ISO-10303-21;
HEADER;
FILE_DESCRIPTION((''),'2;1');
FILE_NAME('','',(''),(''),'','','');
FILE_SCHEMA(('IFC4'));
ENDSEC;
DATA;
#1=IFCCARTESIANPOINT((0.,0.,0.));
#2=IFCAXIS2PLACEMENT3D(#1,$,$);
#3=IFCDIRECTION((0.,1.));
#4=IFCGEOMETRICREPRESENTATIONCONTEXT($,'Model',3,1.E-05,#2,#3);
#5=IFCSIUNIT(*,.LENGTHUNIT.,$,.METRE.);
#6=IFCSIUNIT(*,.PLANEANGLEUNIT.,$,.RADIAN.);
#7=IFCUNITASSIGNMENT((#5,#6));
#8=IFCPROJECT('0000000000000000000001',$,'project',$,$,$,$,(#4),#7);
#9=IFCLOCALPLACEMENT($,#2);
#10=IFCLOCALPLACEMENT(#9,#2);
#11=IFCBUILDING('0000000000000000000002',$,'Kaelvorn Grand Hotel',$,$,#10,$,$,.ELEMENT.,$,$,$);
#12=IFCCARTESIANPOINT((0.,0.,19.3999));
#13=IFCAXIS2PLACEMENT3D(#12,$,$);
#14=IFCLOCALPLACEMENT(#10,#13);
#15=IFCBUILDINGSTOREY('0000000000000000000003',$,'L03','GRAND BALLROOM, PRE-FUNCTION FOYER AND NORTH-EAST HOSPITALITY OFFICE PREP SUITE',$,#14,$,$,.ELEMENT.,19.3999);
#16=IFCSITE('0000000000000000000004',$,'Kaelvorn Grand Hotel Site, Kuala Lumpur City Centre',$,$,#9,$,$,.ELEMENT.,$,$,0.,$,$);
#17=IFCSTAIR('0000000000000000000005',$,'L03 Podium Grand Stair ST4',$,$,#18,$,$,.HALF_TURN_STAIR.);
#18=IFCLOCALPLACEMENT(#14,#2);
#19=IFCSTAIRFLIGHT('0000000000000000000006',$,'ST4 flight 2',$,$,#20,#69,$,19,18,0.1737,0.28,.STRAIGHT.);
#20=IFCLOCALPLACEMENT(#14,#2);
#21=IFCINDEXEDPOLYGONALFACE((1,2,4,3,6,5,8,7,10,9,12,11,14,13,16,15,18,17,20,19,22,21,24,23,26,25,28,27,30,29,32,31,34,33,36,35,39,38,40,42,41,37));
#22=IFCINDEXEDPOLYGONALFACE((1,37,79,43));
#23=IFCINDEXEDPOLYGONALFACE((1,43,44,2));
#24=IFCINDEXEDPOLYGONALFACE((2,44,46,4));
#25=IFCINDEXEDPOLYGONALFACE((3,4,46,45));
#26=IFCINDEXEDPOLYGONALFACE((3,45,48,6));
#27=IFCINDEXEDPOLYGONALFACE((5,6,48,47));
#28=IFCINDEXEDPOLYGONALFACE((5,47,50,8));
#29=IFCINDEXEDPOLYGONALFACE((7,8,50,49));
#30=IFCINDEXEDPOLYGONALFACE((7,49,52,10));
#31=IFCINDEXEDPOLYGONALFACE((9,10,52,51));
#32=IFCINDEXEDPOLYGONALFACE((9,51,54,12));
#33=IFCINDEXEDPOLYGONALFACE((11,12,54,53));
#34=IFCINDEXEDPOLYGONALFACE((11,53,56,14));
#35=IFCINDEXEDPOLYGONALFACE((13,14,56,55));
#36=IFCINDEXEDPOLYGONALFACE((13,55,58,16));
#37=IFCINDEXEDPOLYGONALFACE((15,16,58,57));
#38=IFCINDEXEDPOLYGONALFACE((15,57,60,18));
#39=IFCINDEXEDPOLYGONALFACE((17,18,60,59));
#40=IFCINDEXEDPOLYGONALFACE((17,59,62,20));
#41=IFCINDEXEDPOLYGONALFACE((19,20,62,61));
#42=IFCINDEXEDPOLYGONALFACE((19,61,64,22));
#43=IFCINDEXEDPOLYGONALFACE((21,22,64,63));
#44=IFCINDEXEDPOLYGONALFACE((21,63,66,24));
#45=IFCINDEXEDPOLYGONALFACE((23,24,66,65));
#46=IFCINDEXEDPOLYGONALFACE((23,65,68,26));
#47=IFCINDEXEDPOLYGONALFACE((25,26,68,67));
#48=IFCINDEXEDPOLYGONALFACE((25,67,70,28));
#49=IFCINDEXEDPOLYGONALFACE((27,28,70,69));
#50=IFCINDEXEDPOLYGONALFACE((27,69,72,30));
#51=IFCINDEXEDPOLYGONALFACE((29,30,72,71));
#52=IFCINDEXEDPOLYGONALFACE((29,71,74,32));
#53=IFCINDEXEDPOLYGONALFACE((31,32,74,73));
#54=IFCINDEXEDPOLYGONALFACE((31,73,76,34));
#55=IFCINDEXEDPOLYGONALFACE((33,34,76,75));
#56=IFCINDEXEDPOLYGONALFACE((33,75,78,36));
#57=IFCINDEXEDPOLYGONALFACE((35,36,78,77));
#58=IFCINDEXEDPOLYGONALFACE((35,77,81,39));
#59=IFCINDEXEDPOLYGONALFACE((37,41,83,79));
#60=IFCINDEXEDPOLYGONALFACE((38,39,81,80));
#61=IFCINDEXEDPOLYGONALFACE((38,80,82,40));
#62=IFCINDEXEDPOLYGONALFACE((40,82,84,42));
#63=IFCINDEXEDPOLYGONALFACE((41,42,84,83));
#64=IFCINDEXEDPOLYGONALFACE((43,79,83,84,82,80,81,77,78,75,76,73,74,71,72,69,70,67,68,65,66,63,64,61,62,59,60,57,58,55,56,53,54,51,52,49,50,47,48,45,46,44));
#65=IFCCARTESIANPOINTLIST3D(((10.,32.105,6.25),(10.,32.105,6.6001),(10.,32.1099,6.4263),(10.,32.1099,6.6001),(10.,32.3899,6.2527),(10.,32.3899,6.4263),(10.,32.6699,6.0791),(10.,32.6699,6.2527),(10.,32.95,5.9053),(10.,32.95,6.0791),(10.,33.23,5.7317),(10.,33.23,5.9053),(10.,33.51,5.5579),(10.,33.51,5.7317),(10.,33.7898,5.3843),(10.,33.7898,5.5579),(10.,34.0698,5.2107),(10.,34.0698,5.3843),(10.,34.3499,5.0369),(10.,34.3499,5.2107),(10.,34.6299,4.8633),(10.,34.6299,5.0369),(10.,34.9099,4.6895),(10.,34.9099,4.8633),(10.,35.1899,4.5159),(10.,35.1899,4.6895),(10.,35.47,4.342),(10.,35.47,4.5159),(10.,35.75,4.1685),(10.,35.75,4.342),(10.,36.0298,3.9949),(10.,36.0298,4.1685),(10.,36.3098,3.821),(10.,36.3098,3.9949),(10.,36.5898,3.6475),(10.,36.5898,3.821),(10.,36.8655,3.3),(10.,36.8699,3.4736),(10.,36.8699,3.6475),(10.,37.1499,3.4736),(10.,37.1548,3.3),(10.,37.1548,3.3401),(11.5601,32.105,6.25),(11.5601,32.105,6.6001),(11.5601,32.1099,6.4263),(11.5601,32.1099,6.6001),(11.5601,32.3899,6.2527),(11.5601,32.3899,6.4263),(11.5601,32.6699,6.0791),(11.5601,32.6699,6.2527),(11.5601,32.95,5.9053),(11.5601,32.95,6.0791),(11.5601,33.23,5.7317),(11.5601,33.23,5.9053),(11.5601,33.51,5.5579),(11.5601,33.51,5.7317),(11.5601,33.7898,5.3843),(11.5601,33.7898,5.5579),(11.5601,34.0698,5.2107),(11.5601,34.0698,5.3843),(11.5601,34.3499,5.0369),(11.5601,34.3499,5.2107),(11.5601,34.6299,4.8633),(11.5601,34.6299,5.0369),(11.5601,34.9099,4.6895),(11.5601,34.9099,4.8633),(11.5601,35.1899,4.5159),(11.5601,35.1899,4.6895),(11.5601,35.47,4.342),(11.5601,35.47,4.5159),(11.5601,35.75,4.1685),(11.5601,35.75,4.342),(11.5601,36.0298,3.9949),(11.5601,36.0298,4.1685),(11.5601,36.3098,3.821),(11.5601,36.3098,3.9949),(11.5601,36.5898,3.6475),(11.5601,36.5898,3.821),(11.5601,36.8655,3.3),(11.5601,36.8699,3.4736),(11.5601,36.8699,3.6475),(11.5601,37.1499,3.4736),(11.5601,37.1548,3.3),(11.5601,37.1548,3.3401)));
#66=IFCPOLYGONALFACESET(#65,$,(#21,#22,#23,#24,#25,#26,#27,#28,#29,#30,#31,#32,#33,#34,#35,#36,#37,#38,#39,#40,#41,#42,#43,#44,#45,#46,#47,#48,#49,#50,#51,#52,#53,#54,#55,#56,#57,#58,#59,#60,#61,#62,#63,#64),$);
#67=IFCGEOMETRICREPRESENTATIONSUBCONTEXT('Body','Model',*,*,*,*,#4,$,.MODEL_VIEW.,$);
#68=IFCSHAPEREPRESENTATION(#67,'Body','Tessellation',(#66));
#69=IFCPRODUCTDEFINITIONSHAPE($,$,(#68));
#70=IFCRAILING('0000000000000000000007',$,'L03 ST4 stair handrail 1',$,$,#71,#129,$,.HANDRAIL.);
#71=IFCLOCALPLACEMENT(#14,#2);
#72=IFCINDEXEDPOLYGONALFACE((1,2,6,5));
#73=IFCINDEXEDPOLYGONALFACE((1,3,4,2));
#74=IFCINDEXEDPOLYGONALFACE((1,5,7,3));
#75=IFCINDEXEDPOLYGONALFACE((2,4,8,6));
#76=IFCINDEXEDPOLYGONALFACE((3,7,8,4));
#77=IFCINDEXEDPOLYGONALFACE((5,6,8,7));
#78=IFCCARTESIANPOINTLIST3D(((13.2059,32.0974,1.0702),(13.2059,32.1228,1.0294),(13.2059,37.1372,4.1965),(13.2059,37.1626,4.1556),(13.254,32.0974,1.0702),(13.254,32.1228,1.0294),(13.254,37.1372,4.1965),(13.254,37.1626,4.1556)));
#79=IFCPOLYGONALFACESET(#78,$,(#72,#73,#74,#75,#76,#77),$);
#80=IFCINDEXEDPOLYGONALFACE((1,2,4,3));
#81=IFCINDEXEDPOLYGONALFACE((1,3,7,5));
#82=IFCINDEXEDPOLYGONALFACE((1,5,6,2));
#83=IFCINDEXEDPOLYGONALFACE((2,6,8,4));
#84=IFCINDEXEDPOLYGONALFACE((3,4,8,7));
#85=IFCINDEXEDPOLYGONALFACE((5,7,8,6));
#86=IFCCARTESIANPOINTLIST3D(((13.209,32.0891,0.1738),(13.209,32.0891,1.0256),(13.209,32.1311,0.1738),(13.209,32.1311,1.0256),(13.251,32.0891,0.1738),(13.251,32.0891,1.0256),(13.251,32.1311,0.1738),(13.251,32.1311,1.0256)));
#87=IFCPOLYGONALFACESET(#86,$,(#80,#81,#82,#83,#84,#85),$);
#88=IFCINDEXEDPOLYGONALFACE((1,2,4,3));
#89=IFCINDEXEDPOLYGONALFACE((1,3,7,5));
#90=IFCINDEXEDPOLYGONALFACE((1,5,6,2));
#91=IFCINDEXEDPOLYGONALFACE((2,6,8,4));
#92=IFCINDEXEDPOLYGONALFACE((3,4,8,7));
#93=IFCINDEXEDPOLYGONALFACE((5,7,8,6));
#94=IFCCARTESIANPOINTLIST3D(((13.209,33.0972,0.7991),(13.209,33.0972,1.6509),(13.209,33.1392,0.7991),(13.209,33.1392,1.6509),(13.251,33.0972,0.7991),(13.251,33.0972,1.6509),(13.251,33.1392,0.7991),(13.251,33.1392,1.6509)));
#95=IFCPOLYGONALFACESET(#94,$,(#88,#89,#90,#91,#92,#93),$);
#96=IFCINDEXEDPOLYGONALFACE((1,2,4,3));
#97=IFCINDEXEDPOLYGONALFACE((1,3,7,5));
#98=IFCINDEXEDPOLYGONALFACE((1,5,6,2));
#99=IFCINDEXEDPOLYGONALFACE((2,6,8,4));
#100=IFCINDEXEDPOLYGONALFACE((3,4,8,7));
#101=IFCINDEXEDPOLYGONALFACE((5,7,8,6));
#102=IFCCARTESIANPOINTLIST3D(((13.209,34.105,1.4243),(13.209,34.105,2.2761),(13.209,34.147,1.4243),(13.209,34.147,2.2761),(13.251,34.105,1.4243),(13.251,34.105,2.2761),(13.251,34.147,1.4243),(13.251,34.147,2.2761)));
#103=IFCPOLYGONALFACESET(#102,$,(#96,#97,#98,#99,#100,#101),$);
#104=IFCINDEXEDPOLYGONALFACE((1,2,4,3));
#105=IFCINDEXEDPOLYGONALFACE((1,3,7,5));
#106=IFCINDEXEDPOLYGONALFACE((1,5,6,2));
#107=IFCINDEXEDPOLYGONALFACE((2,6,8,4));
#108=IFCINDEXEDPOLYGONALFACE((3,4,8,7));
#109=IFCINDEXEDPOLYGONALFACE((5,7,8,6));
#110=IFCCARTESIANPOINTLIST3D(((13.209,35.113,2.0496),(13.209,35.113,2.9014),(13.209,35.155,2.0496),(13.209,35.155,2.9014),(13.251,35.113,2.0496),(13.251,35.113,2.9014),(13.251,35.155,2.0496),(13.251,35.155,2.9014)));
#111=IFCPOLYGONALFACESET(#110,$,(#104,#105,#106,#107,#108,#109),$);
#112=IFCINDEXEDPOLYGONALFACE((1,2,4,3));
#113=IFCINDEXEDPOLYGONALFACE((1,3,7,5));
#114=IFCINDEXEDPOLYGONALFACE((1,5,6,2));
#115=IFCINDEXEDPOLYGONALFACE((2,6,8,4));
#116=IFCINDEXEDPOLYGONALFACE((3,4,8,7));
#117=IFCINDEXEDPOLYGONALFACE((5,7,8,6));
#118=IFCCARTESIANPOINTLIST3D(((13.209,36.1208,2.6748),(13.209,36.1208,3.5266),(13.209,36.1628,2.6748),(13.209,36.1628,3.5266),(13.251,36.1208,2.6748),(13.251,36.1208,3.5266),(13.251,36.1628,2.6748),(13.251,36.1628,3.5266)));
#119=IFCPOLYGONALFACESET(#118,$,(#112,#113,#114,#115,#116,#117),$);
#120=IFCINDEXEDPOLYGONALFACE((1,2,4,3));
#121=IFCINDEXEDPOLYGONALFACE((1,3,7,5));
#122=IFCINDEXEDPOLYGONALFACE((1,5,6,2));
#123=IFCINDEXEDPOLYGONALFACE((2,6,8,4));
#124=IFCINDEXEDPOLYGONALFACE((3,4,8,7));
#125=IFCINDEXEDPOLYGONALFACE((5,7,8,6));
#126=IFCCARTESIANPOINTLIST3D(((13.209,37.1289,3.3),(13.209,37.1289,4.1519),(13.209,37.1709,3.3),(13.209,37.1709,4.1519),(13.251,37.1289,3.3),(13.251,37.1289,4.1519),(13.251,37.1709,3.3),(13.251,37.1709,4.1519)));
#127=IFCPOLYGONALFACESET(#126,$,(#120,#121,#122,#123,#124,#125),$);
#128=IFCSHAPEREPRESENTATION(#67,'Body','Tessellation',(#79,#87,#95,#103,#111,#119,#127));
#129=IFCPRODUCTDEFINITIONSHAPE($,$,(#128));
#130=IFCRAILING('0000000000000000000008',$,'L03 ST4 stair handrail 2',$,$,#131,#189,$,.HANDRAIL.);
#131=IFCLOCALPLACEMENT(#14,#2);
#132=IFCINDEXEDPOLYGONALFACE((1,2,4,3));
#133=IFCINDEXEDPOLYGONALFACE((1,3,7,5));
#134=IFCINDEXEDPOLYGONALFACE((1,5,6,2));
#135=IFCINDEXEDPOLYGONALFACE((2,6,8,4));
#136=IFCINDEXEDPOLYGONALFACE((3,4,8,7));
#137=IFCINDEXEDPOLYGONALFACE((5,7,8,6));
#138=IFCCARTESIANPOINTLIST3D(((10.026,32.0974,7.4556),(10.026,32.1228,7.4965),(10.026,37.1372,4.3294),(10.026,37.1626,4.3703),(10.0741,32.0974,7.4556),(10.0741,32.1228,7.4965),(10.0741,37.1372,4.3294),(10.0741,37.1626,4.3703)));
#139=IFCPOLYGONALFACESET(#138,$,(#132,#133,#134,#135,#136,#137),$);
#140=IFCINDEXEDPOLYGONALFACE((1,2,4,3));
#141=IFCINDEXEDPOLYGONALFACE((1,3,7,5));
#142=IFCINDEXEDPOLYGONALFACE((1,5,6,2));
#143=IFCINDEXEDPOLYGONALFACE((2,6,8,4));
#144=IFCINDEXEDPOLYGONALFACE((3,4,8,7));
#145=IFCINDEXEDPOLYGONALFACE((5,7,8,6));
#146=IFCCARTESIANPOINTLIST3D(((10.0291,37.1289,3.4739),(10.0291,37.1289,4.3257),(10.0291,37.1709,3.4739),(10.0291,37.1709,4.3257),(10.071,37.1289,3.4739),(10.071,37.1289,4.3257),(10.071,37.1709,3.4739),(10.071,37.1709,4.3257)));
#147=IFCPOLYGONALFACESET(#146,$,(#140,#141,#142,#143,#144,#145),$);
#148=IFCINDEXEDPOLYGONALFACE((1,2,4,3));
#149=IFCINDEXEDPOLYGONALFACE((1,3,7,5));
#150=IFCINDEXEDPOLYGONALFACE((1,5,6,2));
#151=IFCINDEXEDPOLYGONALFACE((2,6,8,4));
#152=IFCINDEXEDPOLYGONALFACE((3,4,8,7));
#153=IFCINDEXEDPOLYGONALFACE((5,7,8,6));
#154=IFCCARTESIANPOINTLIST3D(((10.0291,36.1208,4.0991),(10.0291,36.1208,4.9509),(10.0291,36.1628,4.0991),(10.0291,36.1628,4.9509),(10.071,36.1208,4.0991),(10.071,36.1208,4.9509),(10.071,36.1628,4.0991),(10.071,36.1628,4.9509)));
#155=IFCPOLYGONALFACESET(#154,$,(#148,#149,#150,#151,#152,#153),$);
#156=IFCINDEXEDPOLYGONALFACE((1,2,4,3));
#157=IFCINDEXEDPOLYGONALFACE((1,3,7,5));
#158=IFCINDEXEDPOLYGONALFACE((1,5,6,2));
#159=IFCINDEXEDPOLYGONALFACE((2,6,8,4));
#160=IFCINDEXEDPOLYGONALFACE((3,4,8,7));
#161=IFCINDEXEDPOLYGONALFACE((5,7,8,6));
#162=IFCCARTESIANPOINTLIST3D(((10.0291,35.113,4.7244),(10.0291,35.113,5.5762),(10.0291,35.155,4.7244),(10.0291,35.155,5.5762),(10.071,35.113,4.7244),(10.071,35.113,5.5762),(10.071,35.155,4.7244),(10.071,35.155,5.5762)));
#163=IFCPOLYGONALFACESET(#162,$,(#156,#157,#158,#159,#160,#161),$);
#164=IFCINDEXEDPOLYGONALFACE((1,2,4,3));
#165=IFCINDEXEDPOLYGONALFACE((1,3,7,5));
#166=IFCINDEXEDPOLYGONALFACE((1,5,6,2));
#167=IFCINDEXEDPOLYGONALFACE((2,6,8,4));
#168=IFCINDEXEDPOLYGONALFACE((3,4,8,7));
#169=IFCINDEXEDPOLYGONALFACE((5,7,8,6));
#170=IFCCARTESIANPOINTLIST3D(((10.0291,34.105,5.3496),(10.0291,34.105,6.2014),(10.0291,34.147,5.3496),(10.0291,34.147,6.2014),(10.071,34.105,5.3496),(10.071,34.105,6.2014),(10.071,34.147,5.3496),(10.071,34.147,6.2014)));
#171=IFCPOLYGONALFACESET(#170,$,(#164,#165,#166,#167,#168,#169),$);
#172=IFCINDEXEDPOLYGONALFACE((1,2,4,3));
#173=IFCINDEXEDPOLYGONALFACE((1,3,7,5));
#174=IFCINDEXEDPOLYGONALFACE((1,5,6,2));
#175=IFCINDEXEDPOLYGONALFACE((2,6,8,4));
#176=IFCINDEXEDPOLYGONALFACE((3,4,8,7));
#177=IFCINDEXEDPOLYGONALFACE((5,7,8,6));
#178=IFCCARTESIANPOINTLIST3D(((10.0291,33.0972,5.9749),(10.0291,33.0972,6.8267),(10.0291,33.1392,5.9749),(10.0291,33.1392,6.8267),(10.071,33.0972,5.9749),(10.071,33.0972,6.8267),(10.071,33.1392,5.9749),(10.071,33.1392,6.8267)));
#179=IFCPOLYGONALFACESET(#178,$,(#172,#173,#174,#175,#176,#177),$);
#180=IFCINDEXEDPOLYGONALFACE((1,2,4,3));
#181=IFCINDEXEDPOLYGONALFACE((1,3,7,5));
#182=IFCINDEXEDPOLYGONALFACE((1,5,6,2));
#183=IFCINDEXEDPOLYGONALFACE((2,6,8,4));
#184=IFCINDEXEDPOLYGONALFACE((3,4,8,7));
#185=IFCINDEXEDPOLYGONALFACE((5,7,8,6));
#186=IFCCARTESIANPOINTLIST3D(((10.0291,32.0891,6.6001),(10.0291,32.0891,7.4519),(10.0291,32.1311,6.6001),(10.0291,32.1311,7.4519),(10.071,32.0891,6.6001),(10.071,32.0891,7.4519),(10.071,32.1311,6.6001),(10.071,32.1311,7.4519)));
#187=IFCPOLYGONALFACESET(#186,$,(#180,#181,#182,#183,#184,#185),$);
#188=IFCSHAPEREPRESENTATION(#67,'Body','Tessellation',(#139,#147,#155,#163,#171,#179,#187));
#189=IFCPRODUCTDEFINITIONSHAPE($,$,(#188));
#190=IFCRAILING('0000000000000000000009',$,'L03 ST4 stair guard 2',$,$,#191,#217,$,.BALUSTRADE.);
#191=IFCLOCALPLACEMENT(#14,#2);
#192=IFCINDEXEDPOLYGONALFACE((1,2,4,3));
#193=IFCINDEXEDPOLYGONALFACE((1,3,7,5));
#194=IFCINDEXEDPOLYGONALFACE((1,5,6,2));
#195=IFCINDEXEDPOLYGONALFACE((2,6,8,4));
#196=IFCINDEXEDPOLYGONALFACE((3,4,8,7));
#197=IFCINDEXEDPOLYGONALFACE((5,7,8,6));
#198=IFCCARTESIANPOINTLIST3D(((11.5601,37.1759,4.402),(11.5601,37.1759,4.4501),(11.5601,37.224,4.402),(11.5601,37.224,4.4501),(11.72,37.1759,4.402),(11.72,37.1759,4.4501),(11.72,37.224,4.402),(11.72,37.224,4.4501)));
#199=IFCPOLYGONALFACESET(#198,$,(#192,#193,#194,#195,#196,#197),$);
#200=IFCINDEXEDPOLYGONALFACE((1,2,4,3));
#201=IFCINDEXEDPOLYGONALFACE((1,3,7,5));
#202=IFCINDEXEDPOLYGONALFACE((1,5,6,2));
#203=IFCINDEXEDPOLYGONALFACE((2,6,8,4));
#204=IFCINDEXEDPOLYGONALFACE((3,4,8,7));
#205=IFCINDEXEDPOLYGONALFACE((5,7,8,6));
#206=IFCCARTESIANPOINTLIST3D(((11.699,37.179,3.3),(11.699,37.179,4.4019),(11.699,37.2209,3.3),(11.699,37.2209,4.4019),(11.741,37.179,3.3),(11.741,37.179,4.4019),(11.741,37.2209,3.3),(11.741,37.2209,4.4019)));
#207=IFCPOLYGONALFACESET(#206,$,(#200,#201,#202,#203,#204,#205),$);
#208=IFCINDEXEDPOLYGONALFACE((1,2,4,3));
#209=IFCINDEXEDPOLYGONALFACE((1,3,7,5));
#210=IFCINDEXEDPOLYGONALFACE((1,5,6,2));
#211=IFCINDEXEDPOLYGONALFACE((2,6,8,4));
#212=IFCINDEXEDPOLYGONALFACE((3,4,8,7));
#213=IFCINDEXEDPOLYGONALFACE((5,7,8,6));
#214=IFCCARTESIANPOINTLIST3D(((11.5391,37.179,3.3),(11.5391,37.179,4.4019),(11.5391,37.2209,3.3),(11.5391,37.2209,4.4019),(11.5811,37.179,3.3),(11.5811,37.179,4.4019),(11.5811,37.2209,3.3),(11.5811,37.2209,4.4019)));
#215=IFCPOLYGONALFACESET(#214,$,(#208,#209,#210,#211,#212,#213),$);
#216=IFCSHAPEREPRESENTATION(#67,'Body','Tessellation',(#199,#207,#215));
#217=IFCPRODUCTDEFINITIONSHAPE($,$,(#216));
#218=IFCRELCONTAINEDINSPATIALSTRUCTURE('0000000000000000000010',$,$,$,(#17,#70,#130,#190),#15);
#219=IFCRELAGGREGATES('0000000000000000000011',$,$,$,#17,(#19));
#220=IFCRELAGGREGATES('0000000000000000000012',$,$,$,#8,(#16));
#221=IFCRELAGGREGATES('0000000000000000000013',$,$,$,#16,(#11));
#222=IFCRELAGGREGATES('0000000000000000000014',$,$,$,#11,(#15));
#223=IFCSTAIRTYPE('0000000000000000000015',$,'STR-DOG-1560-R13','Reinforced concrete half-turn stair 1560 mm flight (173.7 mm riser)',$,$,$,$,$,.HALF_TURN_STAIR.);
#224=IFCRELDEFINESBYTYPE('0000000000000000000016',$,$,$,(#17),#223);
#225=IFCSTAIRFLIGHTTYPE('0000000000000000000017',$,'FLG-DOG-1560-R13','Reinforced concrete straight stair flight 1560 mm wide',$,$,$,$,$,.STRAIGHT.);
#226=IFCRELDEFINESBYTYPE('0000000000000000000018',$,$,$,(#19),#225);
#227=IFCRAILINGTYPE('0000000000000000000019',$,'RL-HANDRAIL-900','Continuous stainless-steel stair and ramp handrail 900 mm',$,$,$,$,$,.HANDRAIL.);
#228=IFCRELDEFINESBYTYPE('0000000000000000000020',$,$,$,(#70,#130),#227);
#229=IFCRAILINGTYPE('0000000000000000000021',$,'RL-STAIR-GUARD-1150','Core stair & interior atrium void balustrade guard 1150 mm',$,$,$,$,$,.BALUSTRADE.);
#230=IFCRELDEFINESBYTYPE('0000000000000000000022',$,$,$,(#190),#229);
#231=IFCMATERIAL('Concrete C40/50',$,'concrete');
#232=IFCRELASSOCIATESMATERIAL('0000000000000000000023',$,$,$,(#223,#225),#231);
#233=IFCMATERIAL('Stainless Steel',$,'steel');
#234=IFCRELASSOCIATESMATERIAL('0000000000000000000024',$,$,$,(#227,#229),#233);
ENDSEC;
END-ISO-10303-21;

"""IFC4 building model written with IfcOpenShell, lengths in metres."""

from ifc_helpers import new_model, si_unit, direction, frame, origin, origin_2d, place, context, subcontext, project, spatial, polyline, rectangle, outline, extrude, material, type_object, element, aggregate, save


model = new_model("IFC4")

# Units and contexts
model_context = context("Model", 3, precision=1e-05, world=origin(), true_north=direction((0.0, 1.0)))
body_context = subcontext(model_context, "Body", "Model", "MODEL_VIEW")
ifc_project = project(units=[si_unit("LENGTHUNIT", "METRE"), si_unit("PLANEANGLEUNIT", "RADIAN")], contexts=[model_context])

# Site, building, storey
site_placement = place(None, origin())
site = spatial("IfcSite", under=ifc_project, at=site_placement, Name="Kaelvorn Grand Hotel Site, Kuala Lumpur City Centre", CompositionType="ELEMENT", RefElevation=0.0)
building_placement = place(site_placement, origin())
building = spatial("IfcBuilding", under=site, at=building_placement, Name="Kaelvorn Grand Hotel", CompositionType="ELEMENT")
storey_placement = place(building_placement, frame((0.0, 0.0, 19.3999)))
storey = spatial("IfcBuildingStorey", under=building, at=storey_placement, Name="L03", Description="GRAND BALLROOM, PRE-FUNCTION FOYER AND NORTH-EAST HOSPITALITY OFFICE PREP SUITE", CompositionType="ELEMENT", Elevation=19.3999)

# Shared definitions
ifc_material_1 = material(Name="Concrete C40/50", Category="concrete")

# Stair, stair flight
stair_type = type_object("IfcStairType", Name="STR-DOG-1560-R13", Description="Reinforced concrete half-turn stair 1560 mm flight (173.7 mm riser)", PredefinedType="HALF_TURN_STAIR", material=ifc_material_1)
stair_placement = place(storey_placement, origin())
stair = element("IfcStair", 1, at=stair_placement, inside=storey, type_object=stair_type, Name="L03 Podium Grand Stair ST4", PredefinedType="HALF_TURN_STAIR")
stair_flight_type = type_object("IfcStairFlightType", Name="FLG-DOG-1560-R13", Description="Reinforced concrete straight stair flight 1560 mm wide", PredefinedType="STRAIGHT", material=ifc_material_1)
stair_flight_1_placement = place(storey_placement, frame((10.78, 37.1499, 3.3), z_axis=(0.0, 0.0, 1.0), x_axis=(0.0, -1.0, 0.0)))
stair_flight_1 = element("IfcStairFlight", 2, at=stair_flight_1_placement, type_object=stair_flight_type, Name="ST4 flight 2", NumberOfRisers=19, NumberOfTreads=18, PredefinedType="STRAIGHT", RiserHeight=0.1737, TreadLength=0.28, context=body_context, shape_type="SweptSolid", body=[
    extrude(outline(polyline([(-0.0049, 0.0), (-0.0049, 0.04), (0.0, 0.1736), (0.28, 0.1736), (0.28, 0.3474), (0.5601, 0.3474), (0.5601, 0.521), (0.8401, 0.521), (0.8401, 0.6948), (1.1201, 0.6948), (1.1201, 0.8684), (1.3999, 0.8684), (1.3999, 1.042), (1.6799, 1.042), (1.6799, 1.2158), (1.96, 1.2158), (1.96, 1.3894), (2.24, 1.3894), (2.24, 1.5632), (2.52, 1.5632), (2.52, 1.7368), (2.8, 1.7368), (2.8, 1.9106), (3.0801, 1.9106), (3.0801, 2.0842), (3.3601, 2.0842), (3.3601, 2.2578), (3.6399, 2.2578), (3.6399, 2.4316), (3.9199, 2.4316), (3.9199, 2.6052), (4.2, 2.6052), (4.2, 2.7791), (4.48, 2.7791), (4.48, 2.9526), (4.76, 2.9526), (4.76, 3.1262), (5.04, 3.1262), (5.04, 3.3), (5.0449, 3.3), (5.0449, 2.95), (0.2844, 0.0), (-0.0049, 0.0)])), frame((0.0, 0.78, 0.0), z_axis=(0.0, -1.0, 0.0), x_axis=(1.0, 0.0, 0.0)), (0.0, 0.0, 1.0), 1.5601),
])
aggregate(stair, [stair_flight_1])

# Railings
ifc_material_2 = material(Name="Stainless Steel", Category="steel")
railing_type_1 = type_object("IfcRailingType", Name="RL-HANDRAIL-900", Description="Continuous stainless-steel stair and ramp handrail 900 mm", PredefinedType="HANDRAIL", material=ifc_material_2)
railing_1_placement = place(storey_placement, frame((13.23, 32.1101, 0.1738)))
element("IfcRailing", 3, at=railing_1_placement, inside=storey, type_object=railing_type_1, Name="L03 ST4 stair handrail 1", PredefinedType="HANDRAIL", context=body_context, shape_type="SweptSolid", body=[
    extrude(rectangle(XDim=0.0481, YDim=0.0481, at=origin_2d()), frame((0.0, 0.0, 0.876), z_axis=(0.0, 0.849786, 0.527128), x_axis=(-1.0, 0.0, 0.0)), (0.0, 0.0, 1.0), 5.9307),
    extrude(rectangle(XDim=0.042, YDim=0.042, at=origin_2d()), origin(), (0.0, 0.0, 1.0), 0.8518),
    extrude(rectangle(XDim=0.042, YDim=0.042, at=origin_2d()), frame((0.0, 1.0081, 0.6252)), (0.0, 0.0, 1.0), 0.8518),
    extrude(rectangle(XDim=0.042, YDim=0.042, at=origin_2d()), frame((0.0, 2.0159, 1.2505)), (0.0, 0.0, 1.0), 0.8518),
    extrude(rectangle(XDim=0.042, YDim=0.042, at=origin_2d()), frame((0.0, 3.0239, 1.8757)), (0.0, 0.0, 1.0), 0.8518),
    extrude(rectangle(XDim=0.042, YDim=0.042, at=origin_2d()), frame((0.0, 4.0317, 2.501)), (0.0, 0.0, 1.0), 0.8518),
    extrude(rectangle(XDim=0.042, YDim=0.042, at=origin_2d()), frame((0.0, 5.0398, 3.1262)), (0.0, 0.0, 1.0), 0.8518),
])
railing_2_placement = place(storey_placement, frame((10.05, 37.1499, 3.4739)))
element("IfcRailing", 4, at=railing_2_placement, inside=storey, type_object=railing_type_1, Name="L03 ST4 stair handrail 2", PredefinedType="HANDRAIL", context=body_context, shape_type="SweptSolid", body=[
    extrude(rectangle(XDim=0.0481, YDim=0.0481, at=origin_2d()), frame((0.0, 0.0, 0.876), z_axis=(0.0, -0.849786, 0.527128), x_axis=(1.0, 0.0, 0.0)), (0.0, 0.0, 1.0), 5.9307),
    extrude(rectangle(XDim=0.042, YDim=0.042, at=origin_2d()), origin(), (0.0, 0.0, 1.0), 0.8518),
    extrude(rectangle(XDim=0.042, YDim=0.042, at=origin_2d()), frame((0.0, -1.0081, 0.6252)), (0.0, 0.0, 1.0), 0.8518),
    extrude(rectangle(XDim=0.042, YDim=0.042, at=origin_2d()), frame((0.0, -2.0159, 1.2505)), (0.0, 0.0, 1.0), 0.8518),
    extrude(rectangle(XDim=0.042, YDim=0.042, at=origin_2d()), frame((0.0, -3.0239, 1.8757)), (0.0, 0.0, 1.0), 0.8518),
    extrude(rectangle(XDim=0.042, YDim=0.042, at=origin_2d()), frame((0.0, -4.0317, 2.501)), (0.0, 0.0, 1.0), 0.8518),
    extrude(rectangle(XDim=0.042, YDim=0.042, at=origin_2d()), frame((0.0, -5.0398, 3.1262)), (0.0, 0.0, 1.0), 0.8518),
])
railing_type_2 = type_object("IfcRailingType", Name="RL-STAIR-GUARD-1150", Description="Core stair & interior atrium void balustrade guard 1150 mm", PredefinedType="BALUSTRADE", material=ifc_material_2)
railing_3_placement = place(storey_placement, frame((11.72, 37.2, 3.3)))
element("IfcRailing", 5, at=railing_3_placement, inside=storey, type_object=railing_type_2, Name="L03 ST4 stair guard 2", PredefinedType="BALUSTRADE", context=body_context, shape_type="SweptSolid", body=[
    extrude(rectangle(XDim=0.0481, YDim=0.0481, at=origin_2d()), frame((0.0, 0.0, 1.126), z_axis=(-1.0, 0.0, 0.0), x_axis=(0.0, -1.0, 0.0)), (0.0, 0.0, 1.0), 0.1599),
    extrude(rectangle(XDim=0.042, YDim=0.042, at=origin_2d()), origin(), (0.0, 0.0, 1.0), 1.1018),
    extrude(rectangle(XDim=0.042, YDim=0.042, at=origin_2d()), frame((-0.1599, 0.0, 0.0)), (0.0, 0.0, 1.0), 1.1018),
])

save(model, "model.ifc")
